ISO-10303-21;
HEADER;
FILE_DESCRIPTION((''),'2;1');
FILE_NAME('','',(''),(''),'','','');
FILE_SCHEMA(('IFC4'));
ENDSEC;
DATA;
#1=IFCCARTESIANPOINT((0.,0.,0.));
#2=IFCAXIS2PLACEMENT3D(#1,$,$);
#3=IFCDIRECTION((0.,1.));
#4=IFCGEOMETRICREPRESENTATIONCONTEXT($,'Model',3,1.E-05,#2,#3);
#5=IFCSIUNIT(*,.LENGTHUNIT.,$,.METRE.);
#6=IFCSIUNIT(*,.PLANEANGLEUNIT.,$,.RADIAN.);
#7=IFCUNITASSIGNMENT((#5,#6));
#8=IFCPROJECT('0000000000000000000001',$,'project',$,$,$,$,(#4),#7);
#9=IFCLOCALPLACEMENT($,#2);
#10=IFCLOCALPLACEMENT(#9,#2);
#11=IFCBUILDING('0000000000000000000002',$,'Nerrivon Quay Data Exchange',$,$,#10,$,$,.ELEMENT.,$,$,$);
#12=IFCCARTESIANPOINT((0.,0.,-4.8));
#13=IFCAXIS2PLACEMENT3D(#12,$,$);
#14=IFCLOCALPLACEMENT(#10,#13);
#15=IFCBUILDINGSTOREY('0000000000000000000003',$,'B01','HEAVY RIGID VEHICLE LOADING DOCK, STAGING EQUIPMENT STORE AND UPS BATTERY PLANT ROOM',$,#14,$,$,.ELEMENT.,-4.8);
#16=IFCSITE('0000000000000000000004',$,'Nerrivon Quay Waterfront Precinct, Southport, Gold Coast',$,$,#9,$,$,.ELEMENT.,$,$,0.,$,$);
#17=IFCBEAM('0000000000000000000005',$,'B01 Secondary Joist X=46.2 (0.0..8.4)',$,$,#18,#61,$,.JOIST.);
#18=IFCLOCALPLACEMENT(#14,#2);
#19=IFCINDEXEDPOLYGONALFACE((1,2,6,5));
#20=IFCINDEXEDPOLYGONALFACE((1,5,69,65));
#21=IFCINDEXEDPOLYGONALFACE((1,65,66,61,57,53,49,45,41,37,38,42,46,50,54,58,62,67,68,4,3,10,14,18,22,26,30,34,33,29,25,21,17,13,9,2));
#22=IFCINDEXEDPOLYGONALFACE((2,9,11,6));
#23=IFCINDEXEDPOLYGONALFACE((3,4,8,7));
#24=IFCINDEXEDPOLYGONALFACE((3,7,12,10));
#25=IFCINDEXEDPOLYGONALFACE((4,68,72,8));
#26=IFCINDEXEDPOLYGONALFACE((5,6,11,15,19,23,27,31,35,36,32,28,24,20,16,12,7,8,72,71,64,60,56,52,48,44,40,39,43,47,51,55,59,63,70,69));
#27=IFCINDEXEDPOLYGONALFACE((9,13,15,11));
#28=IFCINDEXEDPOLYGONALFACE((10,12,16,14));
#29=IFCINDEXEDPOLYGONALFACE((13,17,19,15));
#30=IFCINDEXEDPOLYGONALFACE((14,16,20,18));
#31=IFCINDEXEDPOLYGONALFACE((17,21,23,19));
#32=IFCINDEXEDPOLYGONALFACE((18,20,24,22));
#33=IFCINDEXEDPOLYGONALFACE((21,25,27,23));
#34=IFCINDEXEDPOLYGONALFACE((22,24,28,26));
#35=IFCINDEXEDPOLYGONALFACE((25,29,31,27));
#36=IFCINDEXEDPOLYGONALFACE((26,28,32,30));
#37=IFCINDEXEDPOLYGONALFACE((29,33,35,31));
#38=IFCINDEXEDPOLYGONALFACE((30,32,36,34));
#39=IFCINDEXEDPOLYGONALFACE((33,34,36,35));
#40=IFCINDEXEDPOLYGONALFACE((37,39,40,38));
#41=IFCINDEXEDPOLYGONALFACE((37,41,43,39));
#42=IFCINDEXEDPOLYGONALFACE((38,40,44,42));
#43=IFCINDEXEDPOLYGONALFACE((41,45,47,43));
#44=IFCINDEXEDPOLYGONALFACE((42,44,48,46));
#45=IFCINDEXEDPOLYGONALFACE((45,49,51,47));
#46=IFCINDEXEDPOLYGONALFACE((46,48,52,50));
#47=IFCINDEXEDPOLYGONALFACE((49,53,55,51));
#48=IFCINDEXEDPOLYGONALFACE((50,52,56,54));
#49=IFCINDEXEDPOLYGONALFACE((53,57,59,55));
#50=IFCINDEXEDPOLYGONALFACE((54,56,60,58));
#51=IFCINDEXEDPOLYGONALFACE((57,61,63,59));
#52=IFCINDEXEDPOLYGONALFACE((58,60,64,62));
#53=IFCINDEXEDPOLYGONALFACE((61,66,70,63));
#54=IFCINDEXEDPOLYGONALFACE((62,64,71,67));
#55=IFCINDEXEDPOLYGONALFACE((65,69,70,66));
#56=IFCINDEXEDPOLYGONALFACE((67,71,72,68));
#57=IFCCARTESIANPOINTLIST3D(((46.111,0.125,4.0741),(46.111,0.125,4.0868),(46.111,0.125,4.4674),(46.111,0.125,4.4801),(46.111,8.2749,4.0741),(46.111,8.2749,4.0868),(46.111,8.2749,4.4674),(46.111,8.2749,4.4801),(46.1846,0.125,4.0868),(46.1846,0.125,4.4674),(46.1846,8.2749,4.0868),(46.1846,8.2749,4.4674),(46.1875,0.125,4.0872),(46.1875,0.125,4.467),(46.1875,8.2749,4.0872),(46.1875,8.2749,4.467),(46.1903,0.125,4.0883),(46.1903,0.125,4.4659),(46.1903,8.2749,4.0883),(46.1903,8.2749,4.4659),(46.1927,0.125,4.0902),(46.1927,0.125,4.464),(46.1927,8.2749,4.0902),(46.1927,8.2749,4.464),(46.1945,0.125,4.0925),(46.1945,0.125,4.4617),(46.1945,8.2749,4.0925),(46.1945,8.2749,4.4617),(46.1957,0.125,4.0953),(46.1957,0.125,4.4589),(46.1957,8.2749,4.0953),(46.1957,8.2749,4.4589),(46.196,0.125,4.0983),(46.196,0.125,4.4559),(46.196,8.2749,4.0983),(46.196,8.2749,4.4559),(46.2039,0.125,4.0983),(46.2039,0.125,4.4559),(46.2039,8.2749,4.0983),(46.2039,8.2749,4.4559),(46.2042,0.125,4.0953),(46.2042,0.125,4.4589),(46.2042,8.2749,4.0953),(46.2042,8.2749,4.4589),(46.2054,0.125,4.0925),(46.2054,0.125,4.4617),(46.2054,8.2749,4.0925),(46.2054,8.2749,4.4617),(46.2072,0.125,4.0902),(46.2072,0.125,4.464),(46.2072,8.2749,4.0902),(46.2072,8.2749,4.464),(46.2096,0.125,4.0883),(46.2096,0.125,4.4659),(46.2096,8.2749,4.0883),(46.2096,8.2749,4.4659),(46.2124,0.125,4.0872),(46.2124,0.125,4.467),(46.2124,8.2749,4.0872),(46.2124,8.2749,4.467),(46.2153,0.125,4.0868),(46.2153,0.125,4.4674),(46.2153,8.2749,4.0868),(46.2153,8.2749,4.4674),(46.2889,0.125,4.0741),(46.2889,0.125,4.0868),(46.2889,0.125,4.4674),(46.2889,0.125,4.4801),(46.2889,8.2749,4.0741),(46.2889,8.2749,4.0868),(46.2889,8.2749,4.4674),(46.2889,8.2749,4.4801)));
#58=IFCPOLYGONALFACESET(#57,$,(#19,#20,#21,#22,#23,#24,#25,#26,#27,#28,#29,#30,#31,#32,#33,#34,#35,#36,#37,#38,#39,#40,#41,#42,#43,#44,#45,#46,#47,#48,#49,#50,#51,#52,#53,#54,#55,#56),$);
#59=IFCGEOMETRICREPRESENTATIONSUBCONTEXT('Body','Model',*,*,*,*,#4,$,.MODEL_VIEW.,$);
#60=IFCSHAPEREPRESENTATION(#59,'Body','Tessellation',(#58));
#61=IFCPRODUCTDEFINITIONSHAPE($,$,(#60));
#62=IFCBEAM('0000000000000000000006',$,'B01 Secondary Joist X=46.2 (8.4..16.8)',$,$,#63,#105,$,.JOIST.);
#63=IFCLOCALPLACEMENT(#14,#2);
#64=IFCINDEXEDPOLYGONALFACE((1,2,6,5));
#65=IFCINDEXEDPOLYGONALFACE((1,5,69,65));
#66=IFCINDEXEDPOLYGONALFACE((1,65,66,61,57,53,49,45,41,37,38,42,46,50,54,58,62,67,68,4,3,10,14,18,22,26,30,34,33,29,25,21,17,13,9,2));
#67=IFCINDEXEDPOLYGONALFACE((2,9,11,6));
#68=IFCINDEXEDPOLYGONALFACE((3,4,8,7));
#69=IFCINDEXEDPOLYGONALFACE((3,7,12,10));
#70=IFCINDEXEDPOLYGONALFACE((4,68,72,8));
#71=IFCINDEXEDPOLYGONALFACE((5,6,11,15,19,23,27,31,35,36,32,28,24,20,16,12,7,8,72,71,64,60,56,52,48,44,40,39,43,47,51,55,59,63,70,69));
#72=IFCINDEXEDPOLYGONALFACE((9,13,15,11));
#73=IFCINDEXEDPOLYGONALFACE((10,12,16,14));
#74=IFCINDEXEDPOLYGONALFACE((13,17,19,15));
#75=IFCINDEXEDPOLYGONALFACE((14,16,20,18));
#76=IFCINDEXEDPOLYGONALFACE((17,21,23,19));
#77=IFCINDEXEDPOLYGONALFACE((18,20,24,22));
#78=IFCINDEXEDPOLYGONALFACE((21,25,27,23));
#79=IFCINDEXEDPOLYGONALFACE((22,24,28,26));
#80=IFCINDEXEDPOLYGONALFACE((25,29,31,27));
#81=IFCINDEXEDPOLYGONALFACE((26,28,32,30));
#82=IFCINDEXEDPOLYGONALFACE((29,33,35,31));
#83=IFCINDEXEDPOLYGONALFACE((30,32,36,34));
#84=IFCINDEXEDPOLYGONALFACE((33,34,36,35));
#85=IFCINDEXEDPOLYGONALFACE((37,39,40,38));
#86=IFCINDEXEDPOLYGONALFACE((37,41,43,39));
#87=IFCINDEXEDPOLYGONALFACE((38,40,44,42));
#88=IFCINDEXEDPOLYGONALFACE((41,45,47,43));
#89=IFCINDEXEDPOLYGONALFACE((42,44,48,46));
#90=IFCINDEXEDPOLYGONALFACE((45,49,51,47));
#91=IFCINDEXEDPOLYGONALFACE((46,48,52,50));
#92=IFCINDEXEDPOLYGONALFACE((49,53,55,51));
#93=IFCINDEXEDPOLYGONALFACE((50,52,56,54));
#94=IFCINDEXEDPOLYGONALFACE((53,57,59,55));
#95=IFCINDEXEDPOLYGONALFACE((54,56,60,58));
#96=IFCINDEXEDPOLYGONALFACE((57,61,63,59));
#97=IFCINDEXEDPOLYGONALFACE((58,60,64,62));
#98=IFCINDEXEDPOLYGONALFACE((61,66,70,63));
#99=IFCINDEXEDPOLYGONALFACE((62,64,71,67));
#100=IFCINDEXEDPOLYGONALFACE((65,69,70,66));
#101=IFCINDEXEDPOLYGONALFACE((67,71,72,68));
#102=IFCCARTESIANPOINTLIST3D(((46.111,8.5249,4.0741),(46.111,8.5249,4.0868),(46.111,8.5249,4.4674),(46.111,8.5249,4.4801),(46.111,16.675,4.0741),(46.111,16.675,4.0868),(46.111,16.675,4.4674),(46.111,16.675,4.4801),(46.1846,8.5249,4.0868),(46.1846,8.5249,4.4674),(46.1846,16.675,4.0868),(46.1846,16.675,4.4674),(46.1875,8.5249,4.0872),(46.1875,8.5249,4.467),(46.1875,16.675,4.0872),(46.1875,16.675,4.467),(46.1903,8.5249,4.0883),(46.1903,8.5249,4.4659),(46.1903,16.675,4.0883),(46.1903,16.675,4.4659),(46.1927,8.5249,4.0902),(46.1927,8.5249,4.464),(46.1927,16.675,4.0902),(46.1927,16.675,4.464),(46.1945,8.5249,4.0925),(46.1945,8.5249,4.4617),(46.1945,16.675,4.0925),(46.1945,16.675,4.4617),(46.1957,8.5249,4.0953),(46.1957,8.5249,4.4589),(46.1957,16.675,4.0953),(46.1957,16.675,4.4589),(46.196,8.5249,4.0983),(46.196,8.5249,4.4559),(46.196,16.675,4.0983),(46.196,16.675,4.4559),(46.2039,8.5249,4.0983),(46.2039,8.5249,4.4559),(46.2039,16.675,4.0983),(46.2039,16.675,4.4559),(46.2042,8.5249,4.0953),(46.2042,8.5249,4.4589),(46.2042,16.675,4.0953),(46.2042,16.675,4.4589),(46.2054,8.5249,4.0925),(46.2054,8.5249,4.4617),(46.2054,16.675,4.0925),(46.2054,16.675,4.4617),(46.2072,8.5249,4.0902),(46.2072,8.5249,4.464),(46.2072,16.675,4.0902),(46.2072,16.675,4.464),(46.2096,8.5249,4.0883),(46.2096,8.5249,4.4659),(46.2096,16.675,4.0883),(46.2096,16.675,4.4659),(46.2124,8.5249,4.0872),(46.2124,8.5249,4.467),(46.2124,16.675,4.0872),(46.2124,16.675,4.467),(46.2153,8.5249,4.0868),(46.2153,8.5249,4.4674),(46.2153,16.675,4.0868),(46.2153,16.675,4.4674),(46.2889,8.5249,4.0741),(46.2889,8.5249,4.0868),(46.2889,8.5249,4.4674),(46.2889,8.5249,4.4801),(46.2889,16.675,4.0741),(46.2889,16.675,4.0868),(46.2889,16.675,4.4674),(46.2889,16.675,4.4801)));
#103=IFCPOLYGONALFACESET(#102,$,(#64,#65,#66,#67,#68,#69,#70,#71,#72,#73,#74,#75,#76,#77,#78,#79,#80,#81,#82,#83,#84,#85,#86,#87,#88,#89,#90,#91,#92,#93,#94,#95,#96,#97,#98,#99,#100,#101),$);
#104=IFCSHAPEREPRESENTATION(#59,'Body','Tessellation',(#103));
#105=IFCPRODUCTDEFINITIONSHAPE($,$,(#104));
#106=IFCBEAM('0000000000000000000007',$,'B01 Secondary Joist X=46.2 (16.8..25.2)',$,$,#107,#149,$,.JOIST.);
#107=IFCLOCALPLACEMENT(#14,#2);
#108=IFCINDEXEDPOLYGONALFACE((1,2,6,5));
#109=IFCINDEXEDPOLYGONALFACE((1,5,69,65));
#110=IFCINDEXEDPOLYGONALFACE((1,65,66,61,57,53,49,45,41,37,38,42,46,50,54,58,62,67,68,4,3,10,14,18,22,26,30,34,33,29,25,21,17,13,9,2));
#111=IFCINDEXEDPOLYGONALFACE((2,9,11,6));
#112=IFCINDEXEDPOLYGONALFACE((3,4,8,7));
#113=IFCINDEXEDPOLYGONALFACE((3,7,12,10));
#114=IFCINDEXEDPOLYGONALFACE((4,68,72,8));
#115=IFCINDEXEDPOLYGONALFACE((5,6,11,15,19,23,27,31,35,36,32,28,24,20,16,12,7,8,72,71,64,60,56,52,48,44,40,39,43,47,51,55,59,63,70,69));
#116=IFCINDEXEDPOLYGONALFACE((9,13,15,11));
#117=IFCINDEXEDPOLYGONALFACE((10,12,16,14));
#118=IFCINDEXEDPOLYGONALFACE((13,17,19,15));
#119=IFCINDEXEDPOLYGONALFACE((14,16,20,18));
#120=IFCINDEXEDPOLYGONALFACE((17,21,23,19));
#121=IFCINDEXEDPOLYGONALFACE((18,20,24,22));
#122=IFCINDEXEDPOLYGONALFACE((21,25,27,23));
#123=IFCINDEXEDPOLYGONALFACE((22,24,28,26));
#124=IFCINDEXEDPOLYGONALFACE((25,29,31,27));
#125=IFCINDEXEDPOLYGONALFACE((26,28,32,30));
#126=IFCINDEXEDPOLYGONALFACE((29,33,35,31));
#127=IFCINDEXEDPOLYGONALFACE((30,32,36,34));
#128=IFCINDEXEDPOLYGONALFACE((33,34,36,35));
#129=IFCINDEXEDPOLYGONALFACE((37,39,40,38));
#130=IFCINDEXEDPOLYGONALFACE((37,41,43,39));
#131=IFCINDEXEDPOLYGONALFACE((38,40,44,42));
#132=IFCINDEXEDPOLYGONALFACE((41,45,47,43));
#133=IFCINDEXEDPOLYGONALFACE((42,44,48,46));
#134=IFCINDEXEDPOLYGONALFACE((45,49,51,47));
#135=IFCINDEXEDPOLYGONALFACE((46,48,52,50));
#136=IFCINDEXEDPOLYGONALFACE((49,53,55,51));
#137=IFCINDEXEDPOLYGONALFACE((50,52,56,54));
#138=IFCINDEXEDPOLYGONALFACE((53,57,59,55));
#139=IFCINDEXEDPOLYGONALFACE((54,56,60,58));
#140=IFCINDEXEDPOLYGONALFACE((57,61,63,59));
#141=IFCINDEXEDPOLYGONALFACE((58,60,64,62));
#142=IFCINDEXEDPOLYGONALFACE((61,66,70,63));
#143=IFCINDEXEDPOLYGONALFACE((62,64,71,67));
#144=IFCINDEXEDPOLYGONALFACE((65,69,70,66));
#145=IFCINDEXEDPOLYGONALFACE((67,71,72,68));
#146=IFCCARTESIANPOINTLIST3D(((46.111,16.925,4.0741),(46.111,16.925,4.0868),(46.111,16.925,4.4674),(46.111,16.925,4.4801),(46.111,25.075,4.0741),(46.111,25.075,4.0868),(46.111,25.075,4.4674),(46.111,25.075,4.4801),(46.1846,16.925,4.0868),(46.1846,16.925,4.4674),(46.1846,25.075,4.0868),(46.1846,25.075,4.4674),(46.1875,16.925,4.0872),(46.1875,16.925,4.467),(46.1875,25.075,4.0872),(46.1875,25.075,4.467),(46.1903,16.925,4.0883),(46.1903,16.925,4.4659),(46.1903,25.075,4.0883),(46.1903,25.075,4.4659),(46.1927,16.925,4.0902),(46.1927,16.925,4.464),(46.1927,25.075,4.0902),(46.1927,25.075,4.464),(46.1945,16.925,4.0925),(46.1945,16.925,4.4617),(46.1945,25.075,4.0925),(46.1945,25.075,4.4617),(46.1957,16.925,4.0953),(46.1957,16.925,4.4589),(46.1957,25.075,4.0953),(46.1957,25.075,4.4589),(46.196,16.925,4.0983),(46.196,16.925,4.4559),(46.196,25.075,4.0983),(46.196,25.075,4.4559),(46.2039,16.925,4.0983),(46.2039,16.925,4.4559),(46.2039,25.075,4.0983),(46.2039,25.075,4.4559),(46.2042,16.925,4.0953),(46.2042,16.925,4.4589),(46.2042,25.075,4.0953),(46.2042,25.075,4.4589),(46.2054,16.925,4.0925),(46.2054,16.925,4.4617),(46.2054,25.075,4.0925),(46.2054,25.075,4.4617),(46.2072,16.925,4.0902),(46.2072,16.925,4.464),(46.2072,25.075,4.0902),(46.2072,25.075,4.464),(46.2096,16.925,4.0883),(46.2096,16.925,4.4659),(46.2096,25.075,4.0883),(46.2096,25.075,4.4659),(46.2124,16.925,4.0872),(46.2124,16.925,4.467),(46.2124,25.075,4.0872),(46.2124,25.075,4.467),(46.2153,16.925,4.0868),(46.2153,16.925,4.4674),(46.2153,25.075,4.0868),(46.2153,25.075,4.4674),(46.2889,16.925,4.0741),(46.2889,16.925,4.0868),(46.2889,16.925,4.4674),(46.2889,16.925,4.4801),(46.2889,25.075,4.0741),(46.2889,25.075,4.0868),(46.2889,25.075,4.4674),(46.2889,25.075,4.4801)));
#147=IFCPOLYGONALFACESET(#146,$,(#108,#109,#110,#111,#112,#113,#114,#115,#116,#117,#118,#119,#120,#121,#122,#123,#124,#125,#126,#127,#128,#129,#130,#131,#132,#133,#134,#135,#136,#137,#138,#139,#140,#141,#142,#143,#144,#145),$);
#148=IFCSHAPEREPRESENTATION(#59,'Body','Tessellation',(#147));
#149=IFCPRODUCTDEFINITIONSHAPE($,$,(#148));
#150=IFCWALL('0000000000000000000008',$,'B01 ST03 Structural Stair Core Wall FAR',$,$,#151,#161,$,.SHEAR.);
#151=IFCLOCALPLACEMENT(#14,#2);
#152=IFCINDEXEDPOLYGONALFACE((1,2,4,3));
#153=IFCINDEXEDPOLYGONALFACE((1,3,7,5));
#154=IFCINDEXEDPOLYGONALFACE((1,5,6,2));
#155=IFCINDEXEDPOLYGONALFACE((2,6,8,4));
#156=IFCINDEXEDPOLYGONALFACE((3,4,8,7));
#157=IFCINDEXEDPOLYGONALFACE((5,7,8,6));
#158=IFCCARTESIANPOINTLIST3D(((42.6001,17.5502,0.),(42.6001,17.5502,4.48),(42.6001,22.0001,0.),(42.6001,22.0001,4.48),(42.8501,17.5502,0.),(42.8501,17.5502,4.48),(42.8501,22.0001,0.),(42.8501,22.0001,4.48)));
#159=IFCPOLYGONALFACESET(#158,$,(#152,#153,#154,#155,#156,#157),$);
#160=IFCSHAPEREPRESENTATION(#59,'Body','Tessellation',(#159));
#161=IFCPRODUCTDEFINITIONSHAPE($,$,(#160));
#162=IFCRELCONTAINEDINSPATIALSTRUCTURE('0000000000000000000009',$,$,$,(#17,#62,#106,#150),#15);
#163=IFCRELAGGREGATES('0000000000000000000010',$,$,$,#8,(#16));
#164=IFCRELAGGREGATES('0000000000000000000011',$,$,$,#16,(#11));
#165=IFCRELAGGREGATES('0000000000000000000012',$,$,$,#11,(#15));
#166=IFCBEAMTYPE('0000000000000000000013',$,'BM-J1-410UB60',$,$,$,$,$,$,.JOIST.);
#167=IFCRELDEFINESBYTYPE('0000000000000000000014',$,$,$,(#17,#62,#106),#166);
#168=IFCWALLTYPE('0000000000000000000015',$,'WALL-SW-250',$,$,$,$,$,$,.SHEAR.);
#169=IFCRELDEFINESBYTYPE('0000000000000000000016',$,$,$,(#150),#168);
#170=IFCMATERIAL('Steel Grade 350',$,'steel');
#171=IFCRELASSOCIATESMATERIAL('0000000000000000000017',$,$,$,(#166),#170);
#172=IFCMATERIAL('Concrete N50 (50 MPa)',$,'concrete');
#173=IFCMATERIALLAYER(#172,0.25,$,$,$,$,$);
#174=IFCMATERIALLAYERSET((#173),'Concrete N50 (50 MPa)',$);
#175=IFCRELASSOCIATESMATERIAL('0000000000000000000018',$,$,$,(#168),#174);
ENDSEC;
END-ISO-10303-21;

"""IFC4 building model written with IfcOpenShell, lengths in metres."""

from ifc_helpers import new_model, si_unit, direction, frame, frame_2d, origin, origin_2d, place, context, subcontext, project, spatial, rectangle, i_section, extrude, material, layer, layer_set, material_profile, profile_set, type_object, element, save


model = new_model("IFC4")

# Units and contexts
model_context = context("Model", 3, precision=1e-05, world=origin(), true_north=direction((0.0, 1.0)))
body_context = subcontext(model_context, "Body", "Model", "MODEL_VIEW")
ifc_project = project(units=[si_unit("LENGTHUNIT", "METRE"), si_unit("PLANEANGLEUNIT", "RADIAN")], contexts=[model_context])

# Site, building, storey
site_placement = place(None, origin())
site = spatial("IfcSite", under=ifc_project, at=site_placement, Name="Nerrivon Quay Waterfront Precinct, Southport, Gold Coast", CompositionType="ELEMENT", RefElevation=0.0)
building_placement = place(site_placement, origin())
building = spatial("IfcBuilding", under=site, at=building_placement, Name="Nerrivon Quay Data Exchange", CompositionType="ELEMENT")
storey_placement = place(building_placement, frame((0.0, 0.0, -4.8)))
storey = spatial("IfcBuildingStorey", under=building, at=storey_placement, Name="B01", Description="HEAVY RIGID VEHICLE LOADING DOCK, STAGING EQUIPMENT STORE AND UPS BATTERY PLANT ROOM", CompositionType="ELEMENT", Elevation=-4.8)

# Beams
ifc_material_1 = material(Name="Steel Grade 350", Category="steel")
ifc_material_profile_1 = material_profile(ifc_material_1, i_section(OverallWidth=0.178, OverallDepth=0.406, WebThickness=0.0078, FlangeThickness=0.0127, FilletRadius=0.0115, at=origin_2d()), Name="410UB59.7")
ifc_profile_set_1 = profile_set([ifc_material_profile_1], Name="Steel Grade 350")
beam_type_1 = type_object("IfcBeamType", Name="BM-J1-410UB60", PredefinedType="JOIST", material=ifc_profile_set_1)
beam_1_placement = place(storey_placement, frame((46.2, 0.125, 4.2771), z_axis=(0.0, 1.0, 0.0), x_axis=(-1.0, 0.0, 0.0)))
element("IfcBeam", 1, at=beam_1_placement, inside=storey, type_object=beam_type_1, Name="B01 Secondary Joist X=46.2 (0.0..8.4)", PredefinedType="JOIST", context=body_context, shape_type="SweptSolid", body=[
    extrude(i_section(OverallWidth=0.178, OverallDepth=0.406, WebThickness=0.0078, FlangeThickness=0.0127, FilletRadius=0.0115, at=origin_2d()), origin(), (0.0, 0.0, 1.0), 8.1499),
])
beam_2_placement = place(storey_placement, frame((46.2, 8.5249, 4.2771), z_axis=(0.0, 1.0, 0.0), x_axis=(-1.0, 0.0, 0.0)))
element("IfcBeam", 2, at=beam_2_placement, inside=storey, type_object=beam_type_1, Name="B01 Secondary Joist X=46.2 (8.4..16.8)", PredefinedType="JOIST", context=body_context, shape_type="SweptSolid", body=[
    extrude(i_section(OverallWidth=0.178, OverallDepth=0.406, WebThickness=0.0078, FlangeThickness=0.0127, FilletRadius=0.0115, at=origin_2d()), origin(), (0.0, 0.0, 1.0), 8.1501),
])
beam_3_placement = place(storey_placement, frame((46.2, 16.925, 4.2771), z_axis=(0.0, 1.0, 0.0), x_axis=(-1.0, 0.0, 0.0)))
element("IfcBeam", 3, at=beam_3_placement, inside=storey, type_object=beam_type_1, Name="B01 Secondary Joist X=46.2 (16.8..25.2)", PredefinedType="JOIST", context=body_context, shape_type="SweptSolid", body=[
    extrude(i_section(OverallWidth=0.178, OverallDepth=0.406, WebThickness=0.0078, FlangeThickness=0.0127, FilletRadius=0.0115, at=origin_2d()), origin(), (0.0, 0.0, 1.0), 8.1499),
])

# Wall
ifc_material_2 = material(Name="Concrete N50 (50 MPa)", Category="concrete")
ifc_layer = layer(ifc_material_2, 0.25)
ifc_layer_set = layer_set([ifc_layer], Name="Concrete N50 (50 MPa)")
wall_type = type_object("IfcWallType", Name="WALL-SW-250", PredefinedType="SHEAR", material=ifc_layer_set)
wall_placement = place(storey_placement, frame((42.7251, 17.55, 0.0), z_axis=(0.0, 0.0, 1.0), x_axis=(0.0, 1.0, 0.0)))
element("IfcWall", 4, at=wall_placement, inside=storey, type_object=wall_type, Name="B01 ST03 Structural Stair Core Wall FAR", PredefinedType="SHEAR", context=body_context, shape_type="SweptSolid", body=[
    extrude(rectangle(XDim=4.45, YDim=0.25, at=frame_2d((2.2251, 0.0))), origin(), (0.0, 0.0, 1.0), 4.48),
])

save(model, "model.ifc")
